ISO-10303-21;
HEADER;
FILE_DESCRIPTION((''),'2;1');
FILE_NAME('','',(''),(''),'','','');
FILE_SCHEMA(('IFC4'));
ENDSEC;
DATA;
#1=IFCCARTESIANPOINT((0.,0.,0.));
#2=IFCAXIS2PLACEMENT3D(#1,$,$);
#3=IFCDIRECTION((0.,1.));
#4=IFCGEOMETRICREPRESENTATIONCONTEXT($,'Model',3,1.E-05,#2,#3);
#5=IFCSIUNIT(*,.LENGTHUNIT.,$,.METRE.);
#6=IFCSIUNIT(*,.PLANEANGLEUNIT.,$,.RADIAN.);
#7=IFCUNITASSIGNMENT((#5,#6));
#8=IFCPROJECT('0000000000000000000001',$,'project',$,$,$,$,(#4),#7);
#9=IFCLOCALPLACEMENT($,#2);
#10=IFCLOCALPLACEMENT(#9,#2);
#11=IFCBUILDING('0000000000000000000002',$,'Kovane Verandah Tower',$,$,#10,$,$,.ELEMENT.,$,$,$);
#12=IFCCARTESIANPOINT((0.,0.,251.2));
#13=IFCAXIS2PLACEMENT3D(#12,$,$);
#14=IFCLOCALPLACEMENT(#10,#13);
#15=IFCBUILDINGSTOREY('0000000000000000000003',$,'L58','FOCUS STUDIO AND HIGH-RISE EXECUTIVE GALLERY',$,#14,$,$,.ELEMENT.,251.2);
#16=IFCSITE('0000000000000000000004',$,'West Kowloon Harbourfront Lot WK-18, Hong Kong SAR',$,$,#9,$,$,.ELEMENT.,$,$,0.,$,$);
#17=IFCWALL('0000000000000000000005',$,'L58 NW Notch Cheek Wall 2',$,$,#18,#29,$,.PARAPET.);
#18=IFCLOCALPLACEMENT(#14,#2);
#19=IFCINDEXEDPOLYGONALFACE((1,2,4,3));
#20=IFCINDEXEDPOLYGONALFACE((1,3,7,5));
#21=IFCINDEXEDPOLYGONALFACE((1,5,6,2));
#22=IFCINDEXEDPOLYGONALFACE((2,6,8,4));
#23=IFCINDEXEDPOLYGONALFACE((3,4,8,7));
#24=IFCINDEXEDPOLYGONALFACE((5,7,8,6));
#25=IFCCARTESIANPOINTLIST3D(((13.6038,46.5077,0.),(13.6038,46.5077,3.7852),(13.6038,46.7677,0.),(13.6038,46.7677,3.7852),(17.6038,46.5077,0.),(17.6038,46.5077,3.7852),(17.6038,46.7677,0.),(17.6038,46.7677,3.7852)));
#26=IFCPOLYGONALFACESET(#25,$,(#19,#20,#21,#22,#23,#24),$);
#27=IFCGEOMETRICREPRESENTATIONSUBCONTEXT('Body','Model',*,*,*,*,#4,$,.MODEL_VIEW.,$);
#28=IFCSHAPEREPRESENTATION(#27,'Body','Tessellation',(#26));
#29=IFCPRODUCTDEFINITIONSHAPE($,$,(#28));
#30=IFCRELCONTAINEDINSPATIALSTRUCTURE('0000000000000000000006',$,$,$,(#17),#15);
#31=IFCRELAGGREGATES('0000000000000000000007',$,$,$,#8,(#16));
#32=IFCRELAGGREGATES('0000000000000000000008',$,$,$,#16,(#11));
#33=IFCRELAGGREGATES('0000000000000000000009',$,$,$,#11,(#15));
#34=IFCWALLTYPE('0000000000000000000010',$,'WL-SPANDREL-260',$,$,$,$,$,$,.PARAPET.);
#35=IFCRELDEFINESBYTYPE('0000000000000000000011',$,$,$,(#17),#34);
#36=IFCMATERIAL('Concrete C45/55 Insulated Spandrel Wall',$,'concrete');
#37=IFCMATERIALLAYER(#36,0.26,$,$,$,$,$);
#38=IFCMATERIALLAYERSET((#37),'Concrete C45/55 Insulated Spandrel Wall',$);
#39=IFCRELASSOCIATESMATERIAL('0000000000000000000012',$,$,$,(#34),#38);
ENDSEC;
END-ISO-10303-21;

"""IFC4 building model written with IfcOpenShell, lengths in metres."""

from ifc_helpers import new_model, si_unit, direction, frame, frame_2d, origin, place, context, subcontext, project, spatial, rectangle, extrude, material, layer, layer_set, type_object, element, save


model = new_model("IFC4")

# Units and contexts
model_context = context("Model", 3, precision=1e-05, world=origin(), true_north=direction((0.0, 1.0)))
body_context = subcontext(model_context, "Body", "Model", "MODEL_VIEW")
ifc_project = project(units=[si_unit("LENGTHUNIT", "METRE"), si_unit("PLANEANGLEUNIT", "RADIAN")], contexts=[model_context])

# Site, building, storey
site_placement = place(None, origin())
site = spatial("IfcSite", under=ifc_project, at=site_placement, Name="West Kowloon Harbourfront Lot WK-18, Hong Kong SAR", CompositionType="ELEMENT", RefElevation=0.0)
building_placement = place(site_placement, origin())
building = spatial("IfcBuilding", under=site, at=building_placement, Name="Kovane Verandah Tower", CompositionType="ELEMENT")
storey_placement = place(building_placement, frame((0.0, 0.0, 251.2)))
storey = spatial("IfcBuildingStorey", under=building, at=storey_placement, Name="L58", Description="FOCUS STUDIO AND HIGH-RISE EXECUTIVE GALLERY", CompositionType="ELEMENT", Elevation=251.2)

# Shared definitions
ifc_material_1 = material(Name="Concrete C45/55 Insulated Spandrel Wall", Category="concrete")
ifc_layer_1 = layer(ifc_material_1, 0.26)
ifc_layer_set_1 = layer_set([ifc_layer_1], Name="Concrete C45/55 Insulated Spandrel Wall")
wall_type_1 = type_object("IfcWallType", Name="WL-SPANDREL-260", PredefinedType="PARAPET", material=ifc_layer_set_1)

# Wall
wall_1_placement = place(storey_placement, frame((17.6038, 46.6377, 0.0), z_axis=(0.0, 0.0, 1.0), x_axis=(-1.0, 0.0, 0.0)))
element("IfcWall", 1, at=wall_1_placement, inside=storey, type_object=wall_type_1, Name="L58 NW Notch Cheek Wall 2", PredefinedType="PARAPET", context=body_context, shape_type="SweptSolid", body=[
    extrude(rectangle(XDim=4.0, YDim=0.26, at=frame_2d((2.0, 0.0))), origin(), (0.0, 0.0, 1.0), 3.7852),
])

save(model, "model.ifc")
